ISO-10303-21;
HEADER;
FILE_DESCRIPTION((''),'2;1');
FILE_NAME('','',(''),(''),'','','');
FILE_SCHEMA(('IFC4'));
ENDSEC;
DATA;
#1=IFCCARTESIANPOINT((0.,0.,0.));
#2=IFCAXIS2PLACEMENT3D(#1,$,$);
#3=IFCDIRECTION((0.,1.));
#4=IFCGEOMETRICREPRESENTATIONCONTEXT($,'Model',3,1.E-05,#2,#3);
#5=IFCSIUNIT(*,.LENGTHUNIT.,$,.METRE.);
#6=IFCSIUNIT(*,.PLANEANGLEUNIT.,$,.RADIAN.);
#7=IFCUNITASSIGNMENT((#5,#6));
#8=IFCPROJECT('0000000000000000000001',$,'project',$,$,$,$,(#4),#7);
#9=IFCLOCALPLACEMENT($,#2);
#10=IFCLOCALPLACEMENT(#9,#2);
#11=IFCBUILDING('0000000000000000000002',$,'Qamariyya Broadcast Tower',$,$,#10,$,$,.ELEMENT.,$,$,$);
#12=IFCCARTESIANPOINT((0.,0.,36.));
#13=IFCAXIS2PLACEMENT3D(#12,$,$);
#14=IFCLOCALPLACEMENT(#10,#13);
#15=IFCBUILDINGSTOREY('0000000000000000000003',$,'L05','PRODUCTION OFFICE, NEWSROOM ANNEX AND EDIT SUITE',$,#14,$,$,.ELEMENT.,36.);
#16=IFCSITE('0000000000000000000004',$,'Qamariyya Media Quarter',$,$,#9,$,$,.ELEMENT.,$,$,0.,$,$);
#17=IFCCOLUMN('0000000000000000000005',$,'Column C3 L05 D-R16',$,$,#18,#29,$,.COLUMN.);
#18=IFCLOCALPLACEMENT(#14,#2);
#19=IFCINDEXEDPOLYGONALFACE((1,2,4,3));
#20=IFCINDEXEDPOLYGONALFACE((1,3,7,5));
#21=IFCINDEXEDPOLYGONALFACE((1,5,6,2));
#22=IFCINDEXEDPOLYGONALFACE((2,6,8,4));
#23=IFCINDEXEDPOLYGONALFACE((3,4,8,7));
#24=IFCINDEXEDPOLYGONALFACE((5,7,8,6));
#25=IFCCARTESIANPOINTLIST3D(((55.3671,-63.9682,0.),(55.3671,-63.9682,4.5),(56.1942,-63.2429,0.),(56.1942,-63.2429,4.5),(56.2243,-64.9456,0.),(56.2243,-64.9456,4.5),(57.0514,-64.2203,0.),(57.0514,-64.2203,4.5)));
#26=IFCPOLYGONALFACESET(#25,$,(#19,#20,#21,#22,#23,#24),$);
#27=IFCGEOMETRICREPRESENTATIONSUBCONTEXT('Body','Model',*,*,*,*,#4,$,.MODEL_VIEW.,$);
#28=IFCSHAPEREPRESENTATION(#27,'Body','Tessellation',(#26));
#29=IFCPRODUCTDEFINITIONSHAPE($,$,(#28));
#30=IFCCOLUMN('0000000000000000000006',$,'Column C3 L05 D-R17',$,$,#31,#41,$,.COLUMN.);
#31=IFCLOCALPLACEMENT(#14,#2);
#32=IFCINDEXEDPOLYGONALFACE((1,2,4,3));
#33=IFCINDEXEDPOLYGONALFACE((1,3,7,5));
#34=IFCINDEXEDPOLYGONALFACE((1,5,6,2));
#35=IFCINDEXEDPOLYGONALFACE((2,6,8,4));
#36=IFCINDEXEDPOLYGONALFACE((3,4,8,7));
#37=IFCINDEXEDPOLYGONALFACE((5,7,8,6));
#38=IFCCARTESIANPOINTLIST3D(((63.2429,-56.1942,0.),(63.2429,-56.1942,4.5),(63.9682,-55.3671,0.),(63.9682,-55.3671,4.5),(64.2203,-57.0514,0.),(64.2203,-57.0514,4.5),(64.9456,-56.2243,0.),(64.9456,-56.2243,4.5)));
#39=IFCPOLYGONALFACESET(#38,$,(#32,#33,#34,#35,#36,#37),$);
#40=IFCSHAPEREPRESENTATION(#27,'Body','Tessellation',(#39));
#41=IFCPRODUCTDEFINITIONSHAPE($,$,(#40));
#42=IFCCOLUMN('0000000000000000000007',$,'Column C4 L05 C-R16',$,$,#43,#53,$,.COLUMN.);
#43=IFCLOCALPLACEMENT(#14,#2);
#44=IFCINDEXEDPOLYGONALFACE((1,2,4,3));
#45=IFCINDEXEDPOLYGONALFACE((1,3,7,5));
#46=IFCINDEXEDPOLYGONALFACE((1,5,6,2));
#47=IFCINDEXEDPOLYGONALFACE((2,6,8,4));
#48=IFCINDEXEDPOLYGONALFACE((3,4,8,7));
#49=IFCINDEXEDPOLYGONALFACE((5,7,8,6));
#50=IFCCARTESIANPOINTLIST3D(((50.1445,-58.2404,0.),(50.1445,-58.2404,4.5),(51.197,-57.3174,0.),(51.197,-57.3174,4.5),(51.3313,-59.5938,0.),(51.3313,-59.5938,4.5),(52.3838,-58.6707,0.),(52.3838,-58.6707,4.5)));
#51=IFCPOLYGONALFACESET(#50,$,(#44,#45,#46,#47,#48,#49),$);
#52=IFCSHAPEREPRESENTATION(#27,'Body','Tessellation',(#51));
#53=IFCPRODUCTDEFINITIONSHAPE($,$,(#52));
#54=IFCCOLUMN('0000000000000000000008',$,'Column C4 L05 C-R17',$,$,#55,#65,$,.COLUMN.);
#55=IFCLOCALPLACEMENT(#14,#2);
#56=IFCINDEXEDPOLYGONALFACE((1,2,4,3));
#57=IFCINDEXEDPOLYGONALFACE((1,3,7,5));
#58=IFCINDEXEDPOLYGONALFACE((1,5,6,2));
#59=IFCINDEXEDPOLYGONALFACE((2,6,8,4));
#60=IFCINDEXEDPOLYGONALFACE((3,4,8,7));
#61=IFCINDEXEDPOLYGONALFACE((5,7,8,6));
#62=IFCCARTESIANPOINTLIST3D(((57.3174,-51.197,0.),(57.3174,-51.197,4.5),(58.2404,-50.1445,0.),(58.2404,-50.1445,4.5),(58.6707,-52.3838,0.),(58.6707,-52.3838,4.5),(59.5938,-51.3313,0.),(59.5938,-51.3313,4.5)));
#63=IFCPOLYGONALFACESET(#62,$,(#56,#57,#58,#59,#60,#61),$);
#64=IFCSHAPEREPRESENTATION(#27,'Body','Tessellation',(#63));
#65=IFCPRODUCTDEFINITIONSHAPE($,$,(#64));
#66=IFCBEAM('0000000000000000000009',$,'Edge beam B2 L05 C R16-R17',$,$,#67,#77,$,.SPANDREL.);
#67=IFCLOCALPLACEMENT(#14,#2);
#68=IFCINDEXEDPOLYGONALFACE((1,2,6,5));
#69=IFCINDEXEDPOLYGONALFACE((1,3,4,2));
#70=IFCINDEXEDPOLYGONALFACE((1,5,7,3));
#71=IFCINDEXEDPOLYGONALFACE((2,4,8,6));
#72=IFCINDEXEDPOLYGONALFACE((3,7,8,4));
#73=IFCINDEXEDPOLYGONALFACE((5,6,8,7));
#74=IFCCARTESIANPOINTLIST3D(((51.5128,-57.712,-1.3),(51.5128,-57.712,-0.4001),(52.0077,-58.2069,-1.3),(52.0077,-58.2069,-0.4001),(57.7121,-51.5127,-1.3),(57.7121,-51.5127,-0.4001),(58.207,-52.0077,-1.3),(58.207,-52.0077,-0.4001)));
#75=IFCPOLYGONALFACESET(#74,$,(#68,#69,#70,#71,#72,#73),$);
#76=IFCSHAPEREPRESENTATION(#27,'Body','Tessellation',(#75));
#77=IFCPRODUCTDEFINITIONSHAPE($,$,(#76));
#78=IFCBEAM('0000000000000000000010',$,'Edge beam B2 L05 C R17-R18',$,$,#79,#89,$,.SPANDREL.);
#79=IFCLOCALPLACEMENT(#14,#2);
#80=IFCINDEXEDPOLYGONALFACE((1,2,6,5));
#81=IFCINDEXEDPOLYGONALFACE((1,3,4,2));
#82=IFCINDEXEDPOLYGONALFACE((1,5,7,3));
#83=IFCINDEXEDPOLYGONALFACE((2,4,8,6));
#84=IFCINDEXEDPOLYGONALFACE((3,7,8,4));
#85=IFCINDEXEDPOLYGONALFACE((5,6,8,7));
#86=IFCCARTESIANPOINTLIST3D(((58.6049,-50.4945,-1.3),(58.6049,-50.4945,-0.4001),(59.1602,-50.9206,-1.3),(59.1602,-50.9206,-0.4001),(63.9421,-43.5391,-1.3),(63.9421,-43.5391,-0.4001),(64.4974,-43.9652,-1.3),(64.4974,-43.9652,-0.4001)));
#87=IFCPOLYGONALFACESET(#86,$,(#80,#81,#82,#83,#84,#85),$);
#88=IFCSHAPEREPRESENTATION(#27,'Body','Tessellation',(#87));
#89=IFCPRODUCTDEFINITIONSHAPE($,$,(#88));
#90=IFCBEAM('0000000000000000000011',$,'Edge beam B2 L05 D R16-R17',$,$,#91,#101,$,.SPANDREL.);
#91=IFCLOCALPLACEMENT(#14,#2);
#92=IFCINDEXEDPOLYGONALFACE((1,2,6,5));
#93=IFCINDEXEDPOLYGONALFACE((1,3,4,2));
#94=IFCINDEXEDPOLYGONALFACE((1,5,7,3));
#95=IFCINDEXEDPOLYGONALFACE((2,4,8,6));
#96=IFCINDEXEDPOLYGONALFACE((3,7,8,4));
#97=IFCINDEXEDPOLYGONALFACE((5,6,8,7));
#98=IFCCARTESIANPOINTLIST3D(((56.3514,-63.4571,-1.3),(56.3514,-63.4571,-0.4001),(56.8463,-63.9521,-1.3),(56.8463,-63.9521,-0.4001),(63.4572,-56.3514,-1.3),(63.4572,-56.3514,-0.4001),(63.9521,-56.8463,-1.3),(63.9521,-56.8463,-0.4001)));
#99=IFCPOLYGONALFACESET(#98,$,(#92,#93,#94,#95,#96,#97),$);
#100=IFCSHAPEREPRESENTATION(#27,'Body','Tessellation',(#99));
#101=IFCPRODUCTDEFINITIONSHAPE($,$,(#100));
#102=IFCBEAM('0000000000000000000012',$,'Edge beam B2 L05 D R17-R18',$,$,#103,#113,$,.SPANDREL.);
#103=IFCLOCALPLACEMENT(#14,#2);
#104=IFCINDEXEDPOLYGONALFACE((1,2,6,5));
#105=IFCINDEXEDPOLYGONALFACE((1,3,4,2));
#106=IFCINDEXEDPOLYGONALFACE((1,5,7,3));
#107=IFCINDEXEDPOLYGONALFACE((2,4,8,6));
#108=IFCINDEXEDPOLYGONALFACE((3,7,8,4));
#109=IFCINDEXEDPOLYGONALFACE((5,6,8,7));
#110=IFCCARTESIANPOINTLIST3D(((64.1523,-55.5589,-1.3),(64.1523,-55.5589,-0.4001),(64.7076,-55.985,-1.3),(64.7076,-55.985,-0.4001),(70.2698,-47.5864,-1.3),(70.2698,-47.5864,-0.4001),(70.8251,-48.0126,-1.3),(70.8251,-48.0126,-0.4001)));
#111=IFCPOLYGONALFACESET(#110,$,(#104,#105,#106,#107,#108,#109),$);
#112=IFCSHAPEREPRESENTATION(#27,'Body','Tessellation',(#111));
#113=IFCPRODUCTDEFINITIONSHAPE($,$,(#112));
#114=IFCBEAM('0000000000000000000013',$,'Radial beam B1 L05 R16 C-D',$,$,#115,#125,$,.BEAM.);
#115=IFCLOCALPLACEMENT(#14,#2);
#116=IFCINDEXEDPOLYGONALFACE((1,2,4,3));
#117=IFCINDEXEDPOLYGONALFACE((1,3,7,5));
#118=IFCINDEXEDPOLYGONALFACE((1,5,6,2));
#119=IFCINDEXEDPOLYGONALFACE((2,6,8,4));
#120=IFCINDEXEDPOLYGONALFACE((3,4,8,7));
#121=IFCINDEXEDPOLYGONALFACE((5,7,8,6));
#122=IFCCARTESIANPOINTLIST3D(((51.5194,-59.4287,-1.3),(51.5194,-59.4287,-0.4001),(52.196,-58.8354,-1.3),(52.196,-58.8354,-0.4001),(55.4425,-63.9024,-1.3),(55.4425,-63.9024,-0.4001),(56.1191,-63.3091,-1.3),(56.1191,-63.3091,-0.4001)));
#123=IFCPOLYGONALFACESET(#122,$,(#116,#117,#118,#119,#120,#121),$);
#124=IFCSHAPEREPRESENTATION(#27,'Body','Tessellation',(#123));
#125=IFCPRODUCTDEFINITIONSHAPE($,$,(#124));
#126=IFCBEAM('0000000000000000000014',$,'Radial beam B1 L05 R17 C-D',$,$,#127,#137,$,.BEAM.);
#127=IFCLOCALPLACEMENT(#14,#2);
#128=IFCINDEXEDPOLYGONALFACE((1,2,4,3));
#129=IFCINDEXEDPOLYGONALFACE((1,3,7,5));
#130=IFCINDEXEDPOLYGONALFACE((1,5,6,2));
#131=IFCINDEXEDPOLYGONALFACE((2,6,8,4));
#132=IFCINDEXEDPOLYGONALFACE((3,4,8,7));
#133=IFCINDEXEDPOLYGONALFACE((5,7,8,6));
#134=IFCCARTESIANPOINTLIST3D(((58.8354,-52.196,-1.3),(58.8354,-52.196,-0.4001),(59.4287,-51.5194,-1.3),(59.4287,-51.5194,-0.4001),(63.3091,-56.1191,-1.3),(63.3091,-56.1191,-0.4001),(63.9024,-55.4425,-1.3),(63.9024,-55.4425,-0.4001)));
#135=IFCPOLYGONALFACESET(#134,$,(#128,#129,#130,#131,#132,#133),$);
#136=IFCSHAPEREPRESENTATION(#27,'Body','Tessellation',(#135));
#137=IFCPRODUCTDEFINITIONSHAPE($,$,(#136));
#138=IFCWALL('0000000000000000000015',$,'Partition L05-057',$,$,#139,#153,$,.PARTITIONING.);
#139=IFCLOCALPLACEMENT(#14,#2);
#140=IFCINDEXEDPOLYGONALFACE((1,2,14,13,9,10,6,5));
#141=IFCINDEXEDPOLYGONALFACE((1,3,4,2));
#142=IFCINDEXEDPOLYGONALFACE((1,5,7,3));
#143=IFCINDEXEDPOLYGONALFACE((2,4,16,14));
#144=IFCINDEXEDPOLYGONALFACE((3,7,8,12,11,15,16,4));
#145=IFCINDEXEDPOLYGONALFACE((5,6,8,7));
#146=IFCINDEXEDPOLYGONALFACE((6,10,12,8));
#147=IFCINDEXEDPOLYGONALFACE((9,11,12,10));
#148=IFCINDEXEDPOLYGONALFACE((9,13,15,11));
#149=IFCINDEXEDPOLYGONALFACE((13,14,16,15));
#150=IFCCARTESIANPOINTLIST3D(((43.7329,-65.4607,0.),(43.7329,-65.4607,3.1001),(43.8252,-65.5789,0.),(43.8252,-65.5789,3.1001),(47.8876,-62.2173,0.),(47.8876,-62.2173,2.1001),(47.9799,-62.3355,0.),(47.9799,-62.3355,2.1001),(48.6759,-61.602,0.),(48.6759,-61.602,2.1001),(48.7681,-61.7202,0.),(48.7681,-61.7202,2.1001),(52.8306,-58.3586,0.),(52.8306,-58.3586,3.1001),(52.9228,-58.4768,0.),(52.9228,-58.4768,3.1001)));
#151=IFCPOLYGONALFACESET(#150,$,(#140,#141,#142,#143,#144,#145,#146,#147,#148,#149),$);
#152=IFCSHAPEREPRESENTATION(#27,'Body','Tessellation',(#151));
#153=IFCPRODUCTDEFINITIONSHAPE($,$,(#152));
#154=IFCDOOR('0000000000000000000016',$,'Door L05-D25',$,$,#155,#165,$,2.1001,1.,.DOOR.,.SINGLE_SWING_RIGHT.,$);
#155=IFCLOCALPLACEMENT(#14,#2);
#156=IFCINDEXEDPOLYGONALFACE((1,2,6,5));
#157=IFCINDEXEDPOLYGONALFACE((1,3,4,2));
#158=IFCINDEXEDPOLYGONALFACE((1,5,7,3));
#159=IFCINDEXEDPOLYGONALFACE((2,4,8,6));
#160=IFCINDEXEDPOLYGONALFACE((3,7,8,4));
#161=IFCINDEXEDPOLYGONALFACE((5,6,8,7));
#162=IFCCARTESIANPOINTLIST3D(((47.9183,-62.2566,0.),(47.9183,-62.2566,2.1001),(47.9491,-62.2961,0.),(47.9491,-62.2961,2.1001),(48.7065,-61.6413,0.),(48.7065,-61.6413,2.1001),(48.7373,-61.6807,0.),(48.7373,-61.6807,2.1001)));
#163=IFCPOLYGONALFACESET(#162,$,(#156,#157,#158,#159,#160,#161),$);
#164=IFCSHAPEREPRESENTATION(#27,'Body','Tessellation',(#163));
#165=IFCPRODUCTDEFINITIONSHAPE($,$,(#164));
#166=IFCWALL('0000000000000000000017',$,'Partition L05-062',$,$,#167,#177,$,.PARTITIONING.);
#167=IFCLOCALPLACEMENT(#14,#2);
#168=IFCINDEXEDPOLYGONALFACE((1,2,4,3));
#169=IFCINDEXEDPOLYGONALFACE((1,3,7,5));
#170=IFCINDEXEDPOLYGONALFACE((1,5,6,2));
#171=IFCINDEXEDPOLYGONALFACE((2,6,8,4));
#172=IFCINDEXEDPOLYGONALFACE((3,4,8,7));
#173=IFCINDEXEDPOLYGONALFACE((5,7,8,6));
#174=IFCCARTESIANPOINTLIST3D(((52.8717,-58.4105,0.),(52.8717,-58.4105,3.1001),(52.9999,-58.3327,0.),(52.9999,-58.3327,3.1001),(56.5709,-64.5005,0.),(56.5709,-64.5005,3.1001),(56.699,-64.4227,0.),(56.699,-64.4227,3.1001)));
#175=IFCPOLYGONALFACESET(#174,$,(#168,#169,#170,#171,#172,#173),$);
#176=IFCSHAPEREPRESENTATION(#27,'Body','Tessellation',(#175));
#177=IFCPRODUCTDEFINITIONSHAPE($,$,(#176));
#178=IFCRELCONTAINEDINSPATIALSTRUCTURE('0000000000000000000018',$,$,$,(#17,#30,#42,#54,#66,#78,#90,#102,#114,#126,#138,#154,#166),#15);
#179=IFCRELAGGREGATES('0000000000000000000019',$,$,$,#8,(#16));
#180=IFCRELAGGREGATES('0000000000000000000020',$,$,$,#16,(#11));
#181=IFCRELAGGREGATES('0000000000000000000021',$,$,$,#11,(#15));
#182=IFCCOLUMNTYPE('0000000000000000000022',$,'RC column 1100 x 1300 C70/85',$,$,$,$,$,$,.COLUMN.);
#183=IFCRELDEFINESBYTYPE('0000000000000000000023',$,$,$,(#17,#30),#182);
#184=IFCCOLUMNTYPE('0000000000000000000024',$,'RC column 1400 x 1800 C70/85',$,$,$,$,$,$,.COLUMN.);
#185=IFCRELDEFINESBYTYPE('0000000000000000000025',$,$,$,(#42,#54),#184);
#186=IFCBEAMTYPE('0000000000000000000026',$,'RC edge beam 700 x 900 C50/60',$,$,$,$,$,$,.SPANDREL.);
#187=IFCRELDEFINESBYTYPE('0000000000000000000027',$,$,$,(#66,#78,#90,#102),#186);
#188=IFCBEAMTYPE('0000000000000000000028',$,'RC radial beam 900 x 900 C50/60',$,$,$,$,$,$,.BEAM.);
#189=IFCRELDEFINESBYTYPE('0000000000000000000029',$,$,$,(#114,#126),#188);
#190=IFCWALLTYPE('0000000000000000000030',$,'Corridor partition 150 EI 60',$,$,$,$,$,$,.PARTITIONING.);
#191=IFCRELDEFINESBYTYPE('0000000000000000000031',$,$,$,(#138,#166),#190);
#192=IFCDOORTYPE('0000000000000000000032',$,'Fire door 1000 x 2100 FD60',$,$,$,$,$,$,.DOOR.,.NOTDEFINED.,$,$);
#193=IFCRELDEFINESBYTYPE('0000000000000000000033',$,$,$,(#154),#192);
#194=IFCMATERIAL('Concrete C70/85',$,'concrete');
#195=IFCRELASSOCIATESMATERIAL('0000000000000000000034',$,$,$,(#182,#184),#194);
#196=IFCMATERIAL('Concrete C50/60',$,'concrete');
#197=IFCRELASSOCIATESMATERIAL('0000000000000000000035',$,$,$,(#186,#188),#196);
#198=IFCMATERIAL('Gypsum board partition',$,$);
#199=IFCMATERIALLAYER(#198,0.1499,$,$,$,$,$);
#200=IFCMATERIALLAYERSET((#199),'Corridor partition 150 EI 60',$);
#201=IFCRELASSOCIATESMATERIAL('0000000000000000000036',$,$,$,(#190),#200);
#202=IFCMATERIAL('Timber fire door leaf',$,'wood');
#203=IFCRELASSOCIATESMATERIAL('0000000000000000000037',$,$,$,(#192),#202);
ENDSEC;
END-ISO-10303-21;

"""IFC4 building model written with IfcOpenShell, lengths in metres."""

from ifc_helpers import new_model, si_unit, direction, frame, frame_2d, origin, origin_2d, place, context, subcontext, project, spatial, rectangle, extrude, material, layer, layer_set, material_profile, profile_set, type_object, element, fill, save


model = new_model("IFC4")

# Units and contexts
model_context = context("Model", 3, precision=1e-05, world=origin(), true_north=direction((0.0, 1.0)))
body_context = subcontext(model_context, "Body", "Model", "MODEL_VIEW")
ifc_project = project(units=[si_unit("LENGTHUNIT", "METRE"), si_unit("PLANEANGLEUNIT", "RADIAN")], contexts=[model_context])

# Site, building, storey
site_placement = place(None, origin())
site = spatial("IfcSite", under=ifc_project, at=site_placement, Name="Qamariyya Media Quarter", CompositionType="ELEMENT", RefElevation=0.0)
building_placement = place(site_placement, origin())
building = spatial("IfcBuilding", under=site, at=building_placement, Name="Qamariyya Broadcast Tower", CompositionType="ELEMENT")
storey_placement = place(building_placement, frame((0.0, 0.0, 36.0)))
storey = spatial("IfcBuildingStorey", under=building, at=storey_placement, Name="L05", Description="PRODUCTION OFFICE, NEWSROOM ANNEX AND EDIT SUITE", CompositionType="ELEMENT", Elevation=36.0)

# Columns
ifc_material_1 = material(Name="Concrete C70/85", Category="concrete")
ifc_material_profile_1 = material_profile(ifc_material_1, rectangle(XDim=1.1001, YDim=1.3, at=origin_2d()))
ifc_profile_set_1 = profile_set([ifc_material_profile_1], Name="Concrete C70/85")
column_type_1 = type_object("IfcColumnType", Name="RC column 1100 x 1300 C70/85", PredefinedType="COLUMN", material=ifc_profile_set_1)
for number, where, z_axis, x_axis, name in (
    (1, (56.2092, -64.0942, 0.0), (0.0, 0.0, 1.0), (0.75184, 0.659346, 0.0), "Column C3 L05 D-R16"),
    (2, (64.0942, -56.2092, 0.0), (0.0, 0.0, 1.0), (0.659346, 0.75184, 0.0), "Column C3 L05 D-R17"),
):
    element("IfcColumn", number, at=place(storey_placement, frame(where, z_axis=z_axis, x_axis=x_axis)), inside=storey, type_object=column_type_1, Name=name, PredefinedType="COLUMN", context=body_context, shape_type="SweptSolid", body=[
        extrude(rectangle(XDim=1.1001, YDim=1.3, at=origin_2d()), origin(), (0.0, 0.0, 1.0), 4.5),
    ])
ifc_material_profile_2 = material_profile(ifc_material_1, rectangle(XDim=1.3999, YDim=1.8, at=origin_2d()))
ifc_profile_set_2 = profile_set([ifc_material_profile_2], Name="Concrete C70/85")
column_type_2 = type_object("IfcColumnType", Name="RC column 1400 x 1800 C70/85", PredefinedType="COLUMN", material=ifc_profile_set_2)
for number, where, z_axis, x_axis, name in (
    (3, (51.2642, -58.4556, 0.0), (0.0, 0.0, 1.0), (0.75184, 0.659346, 0.0), "Column C4 L05 C-R16"),
    (4, (58.4556, -51.2642, 0.0), (0.0, 0.0, 1.0), (0.659346, 0.75184, 0.0), "Column C4 L05 C-R17"),
):
    element("IfcColumn", number, at=place(storey_placement, frame(where, z_axis=z_axis, x_axis=x_axis)), inside=storey, type_object=column_type_2, Name=name, PredefinedType="COLUMN", context=body_context, shape_type="SweptSolid", body=[
        extrude(rectangle(XDim=1.3999, YDim=1.8, at=origin_2d()), origin(), (0.0, 0.0, 1.0), 4.5),
    ])

# Beams
ifc_material_2 = material(Name="Concrete C50/60", Category="concrete")
ifc_material_profile_3 = material_profile(ifc_material_2, rectangle(XDim=0.7, YDim=0.8999, at=origin_2d()))
ifc_profile_set_3 = profile_set([ifc_material_profile_3], Name="Concrete C50/60")
beam_type_1 = type_object("IfcBeamType", Name="RC edge beam 700 x 900 C50/60", PredefinedType="SPANDREL", material=ifc_profile_set_3)
for number, where, z_axis, x_axis, name in (
    (5, (51.7603, -57.9595, -0.8501), (0.707107, 0.707107, 0.0), (-0.707107, 0.707107, 0.0), "Edge beam B2 L05 C R16-R17"),
    (6, (58.8826, -50.7075, -0.8501), (0.608772, 0.793345, 0.0), (-0.793345, 0.608772, 0.0), "Edge beam B2 L05 C R17-R18"),
):
    element("IfcBeam", number, at=place(storey_placement, frame(where, z_axis=z_axis, x_axis=x_axis)), inside=storey, type_object=beam_type_1, Name=name, PredefinedType="SPANDREL", context=body_context, shape_type="SweptSolid", body=[
        extrude(rectangle(XDim=0.7, YDim=0.8999, at=origin_2d()), origin(), (0.0, 0.0, 1.0), 8.7671),
    ])
for number, where, z_axis, x_axis, name in (
    (7, (56.5989, -63.7046, -0.8501), (0.707107, 0.707107, 0.0), (-0.707107, 0.707107, 0.0), "Edge beam B2 L05 D R16-R17"),
    (8, (64.4299, -55.772, -0.8501), (0.60876, 0.793354, 0.0), (-0.793354, 0.60876, 0.0), "Edge beam B2 L05 D R17-R18"),
):
    element("IfcBeam", number, at=place(storey_placement, frame(where, z_axis=z_axis, x_axis=x_axis)), inside=storey, type_object=beam_type_1, Name=name, PredefinedType="SPANDREL", context=body_context, shape_type="SweptSolid", body=[
        extrude(rectangle(XDim=0.7, YDim=0.8999, at=origin_2d()), origin(), (0.0, 0.0, 1.0), 10.0491),
    ])
ifc_material_profile_4 = material_profile(ifc_material_2, rectangle(XDim=0.8999, YDim=0.8999, at=origin_2d()))
ifc_profile_set_4 = profile_set([ifc_material_profile_4], Name="Concrete C50/60")
beam_type_2 = type_object("IfcBeamType", Name="RC radial beam 900 x 900 C50/60", PredefinedType="BEAM", material=ifc_profile_set_4)
for number, where, z_axis, x_axis, name in (
    (9, (51.8577, -59.1321, -0.8501), (0.659329, -0.751854, 0.0), (0.751854, 0.659329, 0.0), "Radial beam B1 L05 R16 C-D"),
    (10, (59.1321, -51.8577, -0.8501), (0.751854, -0.659329, 0.0), (0.659329, 0.751854, 0.0), "Radial beam B1 L05 R17 C-D"),
):
    element("IfcBeam", number, at=place(storey_placement, frame(where, z_axis=z_axis, x_axis=x_axis)), inside=storey, type_object=beam_type_2, Name=name, PredefinedType="BEAM", context=body_context, shape_type="SweptSolid", body=[
        extrude(rectangle(XDim=0.8999, YDim=0.8999, at=origin_2d()), origin(), (0.0, 0.0, 1.0), 5.9502),
    ])

# Wall, opening, door
ifc_material_3 = material(Name="Gypsum board partition")
ifc_layer_1 = layer(ifc_material_3, 0.1499)
ifc_layer_set_1 = layer_set([ifc_layer_1], Name="Corridor partition 150 EI 60")
wall_type_1 = type_object("IfcWallType", Name="Corridor partition 150 EI 60", PredefinedType="PARTITIONING", material=ifc_layer_set_1)
wall_1_placement = place(storey_placement, frame((52.8767, -58.4177, 0.0), z_axis=(0.0, 0.0, 1.0), x_axis=(-0.788255, -0.615348, 0.0)))
wall_1 = element("IfcWall", 11, at=wall_1_placement, inside=storey, type_object=wall_type_1, Name="Partition L05-057", PredefinedType="PARTITIONING", context=body_context, shape_type="SweptSolid", body=[
    extrude(rectangle(XDim=11.5415, YDim=0.1499, at=frame_2d((5.7708, 0.0))), origin(), (0.0, 0.0, 1.0), 3.1001),
])
opening_1_placement = place(wall_1_placement, frame((5.2708, 0.0, 0.0)))
opening_1 = element("IfcOpeningElement", 12, at=opening_1_placement, cuts=wall_1, PredefinedType="OPENING", context=body_context, shape_type="SweptSolid", body=[
    extrude(rectangle(XDim=1.0, YDim=2.1001, at=frame_2d((0.5, 1.05))), frame((0.0, 0.085, 0.0), z_axis=(0.0, -1.0, 0.0), x_axis=(1.0, 0.0, 0.0)), (0.0, 0.0, 1.0), 0.1699),
])
ifc_material_4 = material(Name="Timber fire door leaf", Category="wood")
door_type = type_object("IfcDoorType", Name="Fire door 1000 x 2100 FD60", OperationType="NOTDEFINED", PredefinedType="DOOR", material=ifc_material_4)
door_placement = place(opening_1_placement, origin())
door = element("IfcDoor", 13, at=door_placement, inside=storey, type_object=door_type, Name="Door L05-D25", OperationType="SINGLE_SWING_RIGHT", OverallHeight=2.1001, OverallWidth=1.0, PredefinedType="DOOR", context=body_context, shape_type="SweptSolid", body=[
    extrude(rectangle(XDim=1.0, YDim=2.1001, at=frame_2d((0.5, 1.05))), frame((0.0, 0.0249, 0.0), z_axis=(0.0, -1.0, 0.0), x_axis=(1.0, 0.0, 0.0)), (0.0, 0.0, 1.0), 0.05),
])
fill(opening_1, door)

# Wall
wall_2_placement = place(storey_placement, frame((52.9358, -58.3716, 0.0), z_axis=(0.0, 0.0, 1.0), x_axis=(0.519149, -0.854684, 0.0)))
element("IfcWall", 14, at=wall_2_placement, inside=storey, type_object=wall_type_1, Name="Partition L05-062", PredefinedType="PARTITIONING", context=body_context, shape_type="SweptSolid", body=[
    extrude(rectangle(XDim=7.1255, YDim=0.1499, at=frame_2d((3.5627, 0.0))), origin(), (0.0, 0.0, 1.0), 3.1001),
])

save(model, "model.ifc")
